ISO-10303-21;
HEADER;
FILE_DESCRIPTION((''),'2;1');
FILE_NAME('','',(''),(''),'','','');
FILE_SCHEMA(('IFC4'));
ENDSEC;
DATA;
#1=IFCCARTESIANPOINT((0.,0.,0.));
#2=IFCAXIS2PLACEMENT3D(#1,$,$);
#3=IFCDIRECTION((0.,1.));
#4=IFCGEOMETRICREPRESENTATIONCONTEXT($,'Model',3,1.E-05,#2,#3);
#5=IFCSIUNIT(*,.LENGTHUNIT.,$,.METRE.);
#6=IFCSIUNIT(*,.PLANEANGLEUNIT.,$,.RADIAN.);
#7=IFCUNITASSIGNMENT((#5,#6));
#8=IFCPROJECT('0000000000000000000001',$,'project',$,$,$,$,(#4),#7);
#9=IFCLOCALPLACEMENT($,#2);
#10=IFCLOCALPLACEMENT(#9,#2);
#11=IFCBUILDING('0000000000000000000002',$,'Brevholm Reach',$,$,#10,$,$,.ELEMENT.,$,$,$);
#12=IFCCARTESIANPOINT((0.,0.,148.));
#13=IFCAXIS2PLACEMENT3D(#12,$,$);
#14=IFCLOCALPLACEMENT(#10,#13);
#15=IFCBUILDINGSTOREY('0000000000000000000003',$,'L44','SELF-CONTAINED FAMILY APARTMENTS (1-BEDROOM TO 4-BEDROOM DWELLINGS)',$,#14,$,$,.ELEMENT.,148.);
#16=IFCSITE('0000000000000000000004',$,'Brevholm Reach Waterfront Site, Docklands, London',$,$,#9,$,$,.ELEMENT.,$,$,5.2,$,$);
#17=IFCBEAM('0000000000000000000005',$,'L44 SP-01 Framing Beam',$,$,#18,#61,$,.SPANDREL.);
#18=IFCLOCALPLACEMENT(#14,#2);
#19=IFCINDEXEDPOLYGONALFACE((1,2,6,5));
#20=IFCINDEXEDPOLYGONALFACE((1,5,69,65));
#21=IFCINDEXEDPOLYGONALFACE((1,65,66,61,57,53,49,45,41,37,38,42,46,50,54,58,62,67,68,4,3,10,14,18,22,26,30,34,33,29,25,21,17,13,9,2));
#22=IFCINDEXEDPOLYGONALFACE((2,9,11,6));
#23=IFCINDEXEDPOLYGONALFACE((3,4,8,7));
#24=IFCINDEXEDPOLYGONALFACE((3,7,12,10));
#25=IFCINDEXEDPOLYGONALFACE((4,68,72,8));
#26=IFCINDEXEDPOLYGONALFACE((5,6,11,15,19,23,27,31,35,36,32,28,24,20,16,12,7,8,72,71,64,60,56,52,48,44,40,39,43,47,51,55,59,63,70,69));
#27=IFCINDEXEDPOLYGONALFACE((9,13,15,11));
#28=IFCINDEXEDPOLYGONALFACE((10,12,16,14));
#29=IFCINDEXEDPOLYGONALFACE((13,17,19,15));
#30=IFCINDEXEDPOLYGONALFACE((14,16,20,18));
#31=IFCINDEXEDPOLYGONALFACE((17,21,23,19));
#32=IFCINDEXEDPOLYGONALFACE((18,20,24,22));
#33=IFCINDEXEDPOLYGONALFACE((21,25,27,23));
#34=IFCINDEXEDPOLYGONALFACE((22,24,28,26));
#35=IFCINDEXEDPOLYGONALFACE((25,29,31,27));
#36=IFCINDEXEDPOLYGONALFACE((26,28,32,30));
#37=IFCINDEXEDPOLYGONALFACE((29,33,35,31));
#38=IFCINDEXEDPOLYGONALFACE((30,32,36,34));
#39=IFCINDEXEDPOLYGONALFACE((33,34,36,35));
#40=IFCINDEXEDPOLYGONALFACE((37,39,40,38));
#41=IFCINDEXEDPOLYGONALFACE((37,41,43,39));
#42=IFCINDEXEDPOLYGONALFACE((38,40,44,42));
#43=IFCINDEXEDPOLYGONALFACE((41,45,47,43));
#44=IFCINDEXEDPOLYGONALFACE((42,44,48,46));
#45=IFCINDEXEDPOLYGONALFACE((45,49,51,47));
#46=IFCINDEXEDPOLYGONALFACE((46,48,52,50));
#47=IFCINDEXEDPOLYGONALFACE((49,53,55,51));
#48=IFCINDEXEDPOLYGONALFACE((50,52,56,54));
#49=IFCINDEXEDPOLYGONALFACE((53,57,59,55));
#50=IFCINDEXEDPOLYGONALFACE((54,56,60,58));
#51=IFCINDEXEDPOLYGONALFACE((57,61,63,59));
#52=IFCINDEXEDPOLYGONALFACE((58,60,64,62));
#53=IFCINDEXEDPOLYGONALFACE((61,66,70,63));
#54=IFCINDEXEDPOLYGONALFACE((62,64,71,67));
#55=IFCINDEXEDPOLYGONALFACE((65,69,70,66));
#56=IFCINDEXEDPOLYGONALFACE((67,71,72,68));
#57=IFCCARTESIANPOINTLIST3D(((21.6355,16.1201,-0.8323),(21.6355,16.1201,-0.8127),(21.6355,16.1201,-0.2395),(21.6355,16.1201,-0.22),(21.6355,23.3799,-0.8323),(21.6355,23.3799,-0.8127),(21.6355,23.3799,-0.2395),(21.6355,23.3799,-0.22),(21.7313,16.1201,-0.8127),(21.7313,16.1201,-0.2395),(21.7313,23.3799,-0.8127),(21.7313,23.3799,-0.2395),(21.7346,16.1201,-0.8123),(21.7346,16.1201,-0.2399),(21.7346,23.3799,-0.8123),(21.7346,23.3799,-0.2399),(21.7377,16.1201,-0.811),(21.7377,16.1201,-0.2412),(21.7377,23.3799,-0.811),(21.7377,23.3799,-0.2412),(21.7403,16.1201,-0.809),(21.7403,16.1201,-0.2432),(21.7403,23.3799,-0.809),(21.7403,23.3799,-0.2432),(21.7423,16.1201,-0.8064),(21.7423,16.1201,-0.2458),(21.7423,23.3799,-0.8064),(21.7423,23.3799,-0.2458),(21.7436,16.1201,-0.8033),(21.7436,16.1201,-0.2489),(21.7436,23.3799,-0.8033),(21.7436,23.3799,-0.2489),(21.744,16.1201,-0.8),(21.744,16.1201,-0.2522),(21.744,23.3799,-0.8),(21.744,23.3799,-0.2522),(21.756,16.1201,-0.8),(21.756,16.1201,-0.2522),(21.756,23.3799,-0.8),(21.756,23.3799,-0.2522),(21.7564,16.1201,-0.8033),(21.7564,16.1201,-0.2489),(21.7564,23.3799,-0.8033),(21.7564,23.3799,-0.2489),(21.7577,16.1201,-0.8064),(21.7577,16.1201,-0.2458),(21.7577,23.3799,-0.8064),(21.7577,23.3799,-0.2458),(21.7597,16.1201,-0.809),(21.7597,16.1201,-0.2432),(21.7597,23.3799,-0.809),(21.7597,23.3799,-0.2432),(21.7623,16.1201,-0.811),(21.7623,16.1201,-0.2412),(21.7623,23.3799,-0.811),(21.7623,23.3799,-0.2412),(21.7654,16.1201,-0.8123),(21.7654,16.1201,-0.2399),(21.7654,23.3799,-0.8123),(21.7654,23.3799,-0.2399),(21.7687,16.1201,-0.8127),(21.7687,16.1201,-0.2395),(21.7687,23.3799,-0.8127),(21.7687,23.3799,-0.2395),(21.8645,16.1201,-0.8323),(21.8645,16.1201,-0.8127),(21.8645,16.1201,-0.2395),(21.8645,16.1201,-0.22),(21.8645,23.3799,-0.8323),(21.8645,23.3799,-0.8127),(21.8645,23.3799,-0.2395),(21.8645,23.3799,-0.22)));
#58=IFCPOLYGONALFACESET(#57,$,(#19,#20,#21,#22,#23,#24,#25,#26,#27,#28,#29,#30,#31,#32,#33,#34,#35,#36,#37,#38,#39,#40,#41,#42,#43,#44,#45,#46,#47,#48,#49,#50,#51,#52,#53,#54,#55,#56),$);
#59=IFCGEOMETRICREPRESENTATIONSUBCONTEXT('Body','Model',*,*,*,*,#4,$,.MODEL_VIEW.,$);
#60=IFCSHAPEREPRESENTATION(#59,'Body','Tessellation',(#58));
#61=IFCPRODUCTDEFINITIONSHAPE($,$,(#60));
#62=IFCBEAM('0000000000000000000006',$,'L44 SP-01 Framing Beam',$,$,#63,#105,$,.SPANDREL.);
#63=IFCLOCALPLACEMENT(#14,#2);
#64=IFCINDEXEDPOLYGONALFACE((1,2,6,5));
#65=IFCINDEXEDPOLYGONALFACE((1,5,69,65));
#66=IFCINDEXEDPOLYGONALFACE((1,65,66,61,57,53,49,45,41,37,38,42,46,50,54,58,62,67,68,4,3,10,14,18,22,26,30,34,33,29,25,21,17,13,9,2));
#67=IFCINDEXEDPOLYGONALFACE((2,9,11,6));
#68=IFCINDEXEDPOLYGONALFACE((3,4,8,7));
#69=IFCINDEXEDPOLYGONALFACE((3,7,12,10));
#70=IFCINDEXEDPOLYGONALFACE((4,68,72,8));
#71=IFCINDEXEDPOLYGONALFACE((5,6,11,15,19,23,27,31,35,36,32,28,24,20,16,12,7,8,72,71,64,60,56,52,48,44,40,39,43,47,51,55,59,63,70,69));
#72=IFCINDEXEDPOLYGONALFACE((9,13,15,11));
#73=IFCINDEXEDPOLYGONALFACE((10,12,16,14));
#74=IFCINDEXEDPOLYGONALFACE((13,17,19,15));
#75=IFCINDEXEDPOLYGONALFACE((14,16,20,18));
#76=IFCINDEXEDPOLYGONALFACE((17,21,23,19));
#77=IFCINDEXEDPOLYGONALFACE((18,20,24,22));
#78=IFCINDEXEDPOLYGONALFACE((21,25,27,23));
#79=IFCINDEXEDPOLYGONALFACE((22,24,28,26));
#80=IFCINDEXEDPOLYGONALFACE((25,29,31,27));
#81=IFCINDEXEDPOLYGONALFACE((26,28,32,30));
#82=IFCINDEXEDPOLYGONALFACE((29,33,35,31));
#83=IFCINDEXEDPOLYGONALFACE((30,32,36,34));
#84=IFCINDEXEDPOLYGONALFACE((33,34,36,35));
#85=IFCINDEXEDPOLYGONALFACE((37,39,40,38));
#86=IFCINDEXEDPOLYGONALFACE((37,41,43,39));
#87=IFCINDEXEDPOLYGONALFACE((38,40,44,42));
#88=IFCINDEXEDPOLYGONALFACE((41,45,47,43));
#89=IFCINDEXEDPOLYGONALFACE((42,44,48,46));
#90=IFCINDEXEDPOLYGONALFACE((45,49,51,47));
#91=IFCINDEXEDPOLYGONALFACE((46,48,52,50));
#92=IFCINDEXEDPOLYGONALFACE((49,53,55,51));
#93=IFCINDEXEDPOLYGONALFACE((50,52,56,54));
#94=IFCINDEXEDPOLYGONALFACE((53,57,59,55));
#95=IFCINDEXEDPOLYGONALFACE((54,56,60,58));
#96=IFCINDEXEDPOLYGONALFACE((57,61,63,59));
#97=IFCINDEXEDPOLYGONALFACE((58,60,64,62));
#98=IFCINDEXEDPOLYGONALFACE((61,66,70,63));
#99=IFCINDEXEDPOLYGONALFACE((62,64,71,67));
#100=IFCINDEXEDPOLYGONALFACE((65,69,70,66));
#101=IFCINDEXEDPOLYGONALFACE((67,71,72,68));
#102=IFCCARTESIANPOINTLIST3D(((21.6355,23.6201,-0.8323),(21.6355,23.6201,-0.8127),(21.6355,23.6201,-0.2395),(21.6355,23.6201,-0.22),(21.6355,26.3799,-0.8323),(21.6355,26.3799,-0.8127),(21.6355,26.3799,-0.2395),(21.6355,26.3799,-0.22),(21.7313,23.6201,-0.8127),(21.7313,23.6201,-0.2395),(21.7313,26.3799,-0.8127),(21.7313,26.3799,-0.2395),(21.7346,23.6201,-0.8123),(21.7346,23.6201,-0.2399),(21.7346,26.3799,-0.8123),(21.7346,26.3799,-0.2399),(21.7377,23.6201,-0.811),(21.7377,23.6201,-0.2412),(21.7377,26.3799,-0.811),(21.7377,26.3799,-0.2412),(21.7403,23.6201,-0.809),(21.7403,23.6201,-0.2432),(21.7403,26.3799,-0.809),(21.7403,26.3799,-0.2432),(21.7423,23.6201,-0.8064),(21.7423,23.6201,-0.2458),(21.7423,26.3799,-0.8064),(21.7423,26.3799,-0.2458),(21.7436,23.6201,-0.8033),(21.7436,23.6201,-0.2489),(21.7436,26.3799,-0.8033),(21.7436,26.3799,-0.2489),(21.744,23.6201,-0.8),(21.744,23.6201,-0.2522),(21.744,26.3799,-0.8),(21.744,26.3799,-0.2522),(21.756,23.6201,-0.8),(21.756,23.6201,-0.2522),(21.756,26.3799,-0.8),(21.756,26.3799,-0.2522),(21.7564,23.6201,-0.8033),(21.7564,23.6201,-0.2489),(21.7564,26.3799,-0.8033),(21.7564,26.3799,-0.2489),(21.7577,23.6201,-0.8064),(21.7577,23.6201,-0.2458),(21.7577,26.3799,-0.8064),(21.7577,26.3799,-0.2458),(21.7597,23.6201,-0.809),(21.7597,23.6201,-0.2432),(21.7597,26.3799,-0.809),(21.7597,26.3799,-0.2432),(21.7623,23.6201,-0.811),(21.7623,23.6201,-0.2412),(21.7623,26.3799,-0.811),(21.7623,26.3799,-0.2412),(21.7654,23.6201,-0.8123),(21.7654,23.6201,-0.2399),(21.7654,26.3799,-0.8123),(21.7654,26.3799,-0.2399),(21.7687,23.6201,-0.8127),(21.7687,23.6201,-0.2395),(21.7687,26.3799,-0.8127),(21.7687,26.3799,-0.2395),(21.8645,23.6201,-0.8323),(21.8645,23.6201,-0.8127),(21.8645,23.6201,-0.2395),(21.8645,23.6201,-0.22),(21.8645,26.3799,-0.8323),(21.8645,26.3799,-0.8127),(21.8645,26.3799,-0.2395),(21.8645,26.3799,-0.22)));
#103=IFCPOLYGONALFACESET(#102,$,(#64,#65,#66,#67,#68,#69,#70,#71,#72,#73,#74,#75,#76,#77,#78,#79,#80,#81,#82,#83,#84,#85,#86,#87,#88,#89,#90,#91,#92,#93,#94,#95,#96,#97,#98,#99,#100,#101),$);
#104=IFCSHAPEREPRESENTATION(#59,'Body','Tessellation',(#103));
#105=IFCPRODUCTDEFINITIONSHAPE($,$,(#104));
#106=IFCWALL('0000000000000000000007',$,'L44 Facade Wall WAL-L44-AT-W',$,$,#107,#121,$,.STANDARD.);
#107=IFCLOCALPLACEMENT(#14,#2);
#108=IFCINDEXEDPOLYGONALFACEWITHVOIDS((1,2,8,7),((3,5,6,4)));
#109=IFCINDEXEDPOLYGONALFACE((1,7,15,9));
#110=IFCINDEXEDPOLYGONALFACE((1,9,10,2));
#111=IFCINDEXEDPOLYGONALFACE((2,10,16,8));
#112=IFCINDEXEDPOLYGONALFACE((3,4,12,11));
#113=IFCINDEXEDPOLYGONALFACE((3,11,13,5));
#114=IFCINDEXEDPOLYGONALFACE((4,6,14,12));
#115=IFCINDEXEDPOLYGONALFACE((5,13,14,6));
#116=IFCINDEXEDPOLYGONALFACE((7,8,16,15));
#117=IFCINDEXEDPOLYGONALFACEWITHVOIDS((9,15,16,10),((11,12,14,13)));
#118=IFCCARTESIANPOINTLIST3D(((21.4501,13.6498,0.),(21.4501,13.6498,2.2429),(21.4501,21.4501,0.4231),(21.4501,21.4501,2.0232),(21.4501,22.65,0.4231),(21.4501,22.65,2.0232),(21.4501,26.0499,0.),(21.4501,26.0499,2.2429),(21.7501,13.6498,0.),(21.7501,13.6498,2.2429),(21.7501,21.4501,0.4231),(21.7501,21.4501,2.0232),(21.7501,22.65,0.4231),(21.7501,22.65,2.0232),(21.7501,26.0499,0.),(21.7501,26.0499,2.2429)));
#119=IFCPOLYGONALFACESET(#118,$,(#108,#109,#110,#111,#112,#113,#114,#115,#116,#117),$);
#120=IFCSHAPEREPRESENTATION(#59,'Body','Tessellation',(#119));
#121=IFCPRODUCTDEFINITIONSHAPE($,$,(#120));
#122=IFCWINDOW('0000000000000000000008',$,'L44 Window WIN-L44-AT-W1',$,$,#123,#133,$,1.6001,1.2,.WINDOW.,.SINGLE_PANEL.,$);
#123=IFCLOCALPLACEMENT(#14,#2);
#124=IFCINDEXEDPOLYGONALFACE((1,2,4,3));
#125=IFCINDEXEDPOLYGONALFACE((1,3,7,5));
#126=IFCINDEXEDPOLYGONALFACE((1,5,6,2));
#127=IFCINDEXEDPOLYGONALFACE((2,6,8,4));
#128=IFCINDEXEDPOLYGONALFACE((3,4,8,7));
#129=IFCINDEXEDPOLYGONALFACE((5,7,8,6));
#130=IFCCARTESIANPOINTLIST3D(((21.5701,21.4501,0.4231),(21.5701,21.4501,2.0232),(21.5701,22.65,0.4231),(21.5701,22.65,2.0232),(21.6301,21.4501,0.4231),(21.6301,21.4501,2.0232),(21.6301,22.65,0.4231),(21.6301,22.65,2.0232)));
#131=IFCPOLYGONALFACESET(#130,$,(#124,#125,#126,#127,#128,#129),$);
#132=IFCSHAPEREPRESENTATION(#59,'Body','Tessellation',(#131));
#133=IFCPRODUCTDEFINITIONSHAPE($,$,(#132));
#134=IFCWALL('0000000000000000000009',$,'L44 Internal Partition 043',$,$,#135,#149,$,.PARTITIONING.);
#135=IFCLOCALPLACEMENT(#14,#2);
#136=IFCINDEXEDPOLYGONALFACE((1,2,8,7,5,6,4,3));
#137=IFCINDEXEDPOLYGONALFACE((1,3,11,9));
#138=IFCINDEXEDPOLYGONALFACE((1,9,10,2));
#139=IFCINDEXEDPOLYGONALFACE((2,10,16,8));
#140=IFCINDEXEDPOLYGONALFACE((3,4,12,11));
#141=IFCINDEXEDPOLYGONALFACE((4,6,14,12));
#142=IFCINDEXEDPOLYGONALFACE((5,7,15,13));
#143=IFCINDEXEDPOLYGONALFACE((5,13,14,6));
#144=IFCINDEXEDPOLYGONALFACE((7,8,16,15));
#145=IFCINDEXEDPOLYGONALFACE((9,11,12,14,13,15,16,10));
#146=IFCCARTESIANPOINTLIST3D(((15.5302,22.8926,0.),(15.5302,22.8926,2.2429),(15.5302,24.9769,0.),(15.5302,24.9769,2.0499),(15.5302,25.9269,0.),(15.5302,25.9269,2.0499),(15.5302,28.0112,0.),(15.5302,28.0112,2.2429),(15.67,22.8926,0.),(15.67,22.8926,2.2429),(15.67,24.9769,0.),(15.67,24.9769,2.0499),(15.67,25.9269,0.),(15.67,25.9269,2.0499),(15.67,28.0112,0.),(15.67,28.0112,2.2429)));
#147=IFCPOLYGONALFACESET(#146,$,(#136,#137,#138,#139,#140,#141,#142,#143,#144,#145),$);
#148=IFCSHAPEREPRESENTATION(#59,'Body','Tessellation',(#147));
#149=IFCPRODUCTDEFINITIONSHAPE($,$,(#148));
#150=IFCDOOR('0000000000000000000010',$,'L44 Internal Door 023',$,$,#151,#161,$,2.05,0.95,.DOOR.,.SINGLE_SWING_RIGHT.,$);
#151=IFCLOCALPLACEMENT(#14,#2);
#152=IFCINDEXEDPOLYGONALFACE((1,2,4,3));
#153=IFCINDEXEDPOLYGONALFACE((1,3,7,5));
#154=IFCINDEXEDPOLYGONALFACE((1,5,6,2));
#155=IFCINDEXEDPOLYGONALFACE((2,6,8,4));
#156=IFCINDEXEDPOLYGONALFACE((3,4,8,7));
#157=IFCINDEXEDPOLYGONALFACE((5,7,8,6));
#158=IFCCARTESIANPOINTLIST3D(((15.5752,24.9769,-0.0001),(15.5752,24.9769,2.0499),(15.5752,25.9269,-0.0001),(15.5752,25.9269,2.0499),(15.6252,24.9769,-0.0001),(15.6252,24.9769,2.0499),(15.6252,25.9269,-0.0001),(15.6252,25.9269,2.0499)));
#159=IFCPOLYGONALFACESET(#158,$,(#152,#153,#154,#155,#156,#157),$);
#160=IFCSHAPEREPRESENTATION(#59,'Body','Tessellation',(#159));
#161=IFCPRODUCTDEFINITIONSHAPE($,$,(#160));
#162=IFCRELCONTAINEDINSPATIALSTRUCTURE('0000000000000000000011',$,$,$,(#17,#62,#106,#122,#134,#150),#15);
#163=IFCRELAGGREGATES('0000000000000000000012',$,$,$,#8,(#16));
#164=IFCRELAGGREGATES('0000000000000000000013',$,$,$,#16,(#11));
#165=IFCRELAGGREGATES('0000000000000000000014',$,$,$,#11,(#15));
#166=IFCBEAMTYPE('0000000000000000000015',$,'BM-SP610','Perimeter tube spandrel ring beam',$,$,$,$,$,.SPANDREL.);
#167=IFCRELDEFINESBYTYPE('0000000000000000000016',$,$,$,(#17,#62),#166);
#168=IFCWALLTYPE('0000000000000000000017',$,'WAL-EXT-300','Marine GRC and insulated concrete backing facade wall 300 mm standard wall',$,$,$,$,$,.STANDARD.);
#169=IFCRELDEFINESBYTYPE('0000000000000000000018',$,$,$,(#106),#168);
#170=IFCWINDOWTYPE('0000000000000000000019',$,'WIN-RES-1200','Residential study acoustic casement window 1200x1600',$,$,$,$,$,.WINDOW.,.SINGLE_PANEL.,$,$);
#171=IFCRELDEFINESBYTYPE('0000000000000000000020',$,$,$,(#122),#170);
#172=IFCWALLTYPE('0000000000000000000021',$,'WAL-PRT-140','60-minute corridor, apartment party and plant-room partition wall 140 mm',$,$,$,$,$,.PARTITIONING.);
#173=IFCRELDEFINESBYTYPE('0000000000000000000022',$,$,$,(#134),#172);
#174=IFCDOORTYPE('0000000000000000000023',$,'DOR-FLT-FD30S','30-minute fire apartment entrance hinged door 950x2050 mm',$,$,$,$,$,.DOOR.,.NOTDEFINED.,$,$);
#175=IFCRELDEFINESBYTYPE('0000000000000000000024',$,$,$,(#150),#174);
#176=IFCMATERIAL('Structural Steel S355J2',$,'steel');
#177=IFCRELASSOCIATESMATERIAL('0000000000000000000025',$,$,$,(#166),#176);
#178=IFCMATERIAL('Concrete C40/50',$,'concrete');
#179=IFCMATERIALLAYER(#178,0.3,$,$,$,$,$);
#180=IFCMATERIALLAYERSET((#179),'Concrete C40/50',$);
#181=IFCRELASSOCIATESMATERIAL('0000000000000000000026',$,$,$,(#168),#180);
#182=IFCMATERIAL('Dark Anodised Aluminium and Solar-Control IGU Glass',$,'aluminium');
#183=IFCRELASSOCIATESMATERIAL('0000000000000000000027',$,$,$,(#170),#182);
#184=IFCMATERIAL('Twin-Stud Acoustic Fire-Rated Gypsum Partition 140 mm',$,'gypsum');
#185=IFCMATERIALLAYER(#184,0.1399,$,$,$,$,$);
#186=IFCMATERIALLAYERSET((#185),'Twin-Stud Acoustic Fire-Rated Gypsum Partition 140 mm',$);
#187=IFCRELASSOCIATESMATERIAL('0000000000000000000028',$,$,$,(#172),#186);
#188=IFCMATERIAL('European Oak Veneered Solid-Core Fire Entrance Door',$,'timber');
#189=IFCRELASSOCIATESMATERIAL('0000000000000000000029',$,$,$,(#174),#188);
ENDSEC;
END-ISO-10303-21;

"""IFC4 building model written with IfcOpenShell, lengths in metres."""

from ifc_helpers import new_model, si_unit, direction, frame, frame_2d, origin, origin_2d, place, context, subcontext, project, spatial, rectangle, i_section, extrude, material, layer, layer_set, material_profile, profile_set, type_object, element, fill, save


model = new_model("IFC4")

# Units and contexts
model_context = context("Model", 3, precision=1e-05, world=origin(), true_north=direction((0.0, 1.0)))
body_context = subcontext(model_context, "Body", "Model", "MODEL_VIEW")
ifc_project = project(units=[si_unit("LENGTHUNIT", "METRE"), si_unit("PLANEANGLEUNIT", "RADIAN")], contexts=[model_context])

# Site, building, storey
site_placement = place(None, origin())
site = spatial("IfcSite", under=ifc_project, at=site_placement, Name="Brevholm Reach Waterfront Site, Docklands, London", CompositionType="ELEMENT", RefElevation=5.2)
building_placement = place(site_placement, origin())
building = spatial("IfcBuilding", under=site, at=building_placement, Name="Brevholm Reach", CompositionType="ELEMENT")
storey_placement = place(building_placement, frame((0.0, 0.0, 148.0)))
storey = spatial("IfcBuildingStorey", under=building, at=storey_placement, Name="L44", Description="SELF-CONTAINED FAMILY APARTMENTS (1-BEDROOM TO 4-BEDROOM DWELLINGS)", CompositionType="ELEMENT", Elevation=148.0)

# Beams
ifc_material_1 = material(Name="Structural Steel S355J2", Category="steel")
ifc_material_profile_1 = material_profile(ifc_material_1, i_section(OverallWidth=0.229, OverallDepth=0.6123, WebThickness=0.012, FlangeThickness=0.0195, FilletRadius=0.0127, at=origin_2d()), Name="UKB 610x229x125")
ifc_profile_set_1 = profile_set([ifc_material_profile_1], Name="Structural Steel S355J2")
beam_type_1 = type_object("IfcBeamType", Name="BM-SP610", Description="Perimeter tube spandrel ring beam", PredefinedType="SPANDREL", material=ifc_profile_set_1)
beam_1_placement = place(storey_placement, frame((21.75, 16.1201, -0.5261), z_axis=(0.0, 1.0, 0.0), x_axis=(-1.0, 0.0, 0.0)))
element("IfcBeam", 1, at=beam_1_placement, inside=storey, type_object=beam_type_1, Name="L44 SP-01 Framing Beam", PredefinedType="SPANDREL", context=body_context, shape_type="SweptSolid", body=[
    extrude(i_section(OverallWidth=0.229, OverallDepth=0.6123, WebThickness=0.012, FlangeThickness=0.0195, FilletRadius=0.0127, at=origin_2d()), origin(), (0.0, 0.0, 1.0), 7.2598),
])
beam_2_placement = place(storey_placement, frame((21.75, 23.6201, -0.5261), z_axis=(0.0, 1.0, 0.0), x_axis=(-1.0, 0.0, 0.0)))
element("IfcBeam", 2, at=beam_2_placement, inside=storey, type_object=beam_type_1, Name="L44 SP-01 Framing Beam", PredefinedType="SPANDREL", context=body_context, shape_type="SweptSolid", body=[
    extrude(i_section(OverallWidth=0.229, OverallDepth=0.6123, WebThickness=0.012, FlangeThickness=0.0195, FilletRadius=0.0127, at=origin_2d()), origin(), (0.0, 0.0, 1.0), 2.7598),
])

# Wall, opening, window
ifc_material_2 = material(Name="Concrete C40/50", Category="concrete")
ifc_layer_1 = layer(ifc_material_2, 0.3)
ifc_layer_set_1 = layer_set([ifc_layer_1], Name="Concrete C40/50")
wall_type_1 = type_object("IfcWallType", Name="WAL-EXT-300", Description="Marine GRC and insulated concrete backing facade wall 300 mm standard wall", PredefinedType="STANDARD", material=ifc_layer_set_1)
wall_1_placement = place(storey_placement, frame((21.6001, 26.05, 0.0), z_axis=(0.0, 0.0, 1.0), x_axis=(0.0, -1.0, 0.0)))
wall_1 = element("IfcWall", 3, at=wall_1_placement, inside=storey, type_object=wall_type_1, Name="L44 Facade Wall WAL-L44-AT-W", PredefinedType="STANDARD", context=body_context, shape_type="SweptSolid", body=[
    extrude(rectangle(XDim=12.4001, YDim=0.3, at=frame_2d((6.2002, 0.0))), origin(), (0.0, 0.0, 1.0), 2.2429),
])
opening_1_placement = place(wall_1_placement, frame((3.3999, 0.0, 0.4231)))
opening_1 = element("IfcOpeningElement", 4, at=opening_1_placement, cuts=wall_1, PredefinedType="OPENING", context=body_context, shape_type="SweptSolid", body=[
    extrude(rectangle(XDim=1.2, YDim=1.6001, at=frame_2d((0.6001, 0.8))), frame((0.0, 0.1599, 0.0), z_axis=(0.0, -1.0, 0.0), x_axis=(1.0, 0.0, 0.0)), (0.0, 0.0, 1.0), 0.3201),
])
ifc_material_3 = material(Name="Dark Anodised Aluminium and Solar-Control IGU Glass", Category="aluminium")
window_type = type_object("IfcWindowType", Name="WIN-RES-1200", Description="Residential study acoustic casement window 1200x1600", PartitioningType="SINGLE_PANEL", PredefinedType="WINDOW", material=ifc_material_3)
window_placement = place(opening_1_placement, origin())
window = element("IfcWindow", 5, at=window_placement, inside=storey, type_object=window_type, Name="L44 Window WIN-L44-AT-W1", OverallHeight=1.6001, OverallWidth=1.2, PartitioningType="SINGLE_PANEL", PredefinedType="WINDOW", context=body_context, shape_type="SweptSolid", body=[
    extrude(rectangle(XDim=1.2, YDim=1.6001, at=frame_2d((0.6001, 0.8))), frame((0.0, 0.03, 0.0), z_axis=(0.0, -1.0, 0.0), x_axis=(1.0, 0.0, 0.0)), (0.0, 0.0, 1.0), 0.0601),
])
fill(opening_1, window)

# Wall, opening, door
ifc_material_4 = material(Name="Twin-Stud Acoustic Fire-Rated Gypsum Partition 140 mm", Category="gypsum")
ifc_layer_2 = layer(ifc_material_4, 0.1399)
ifc_layer_set_2 = layer_set([ifc_layer_2], Name="Twin-Stud Acoustic Fire-Rated Gypsum Partition 140 mm")
wall_type_2 = type_object("IfcWallType", Name="WAL-PRT-140", Description="60-minute corridor, apartment party and plant-room partition wall 140 mm", PredefinedType="PARTITIONING", material=ifc_layer_set_2)
wall_2_placement = place(storey_placement, frame((15.6001, 22.8926, 0.0), z_axis=(0.0, 0.0, 1.0), x_axis=(0.0, 1.0, 0.0)))
wall_2 = element("IfcWall", 6, at=wall_2_placement, inside=storey, type_object=wall_type_2, Name="L44 Internal Partition 043", PredefinedType="PARTITIONING", context=body_context, shape_type="SweptSolid", body=[
    extrude(rectangle(XDim=5.1187, YDim=0.1399, at=frame_2d((2.5593, 0.0))), origin(), (0.0, 0.0, 1.0), 2.2429),
])
opening_2_placement = place(wall_2_placement, frame((2.0842, 0.0, 0.0)))
opening_2 = element("IfcOpeningElement", 7, at=opening_2_placement, cuts=wall_2, PredefinedType="OPENING", context=body_context, shape_type="SweptSolid", body=[
    extrude(rectangle(XDim=0.95, YDim=2.05, at=frame_2d((0.4751, 1.0249))), frame((0.0, 0.0798, 0.0), z_axis=(0.0, -1.0, 0.0), x_axis=(1.0, 0.0, 0.0)), (0.0, 0.0, 1.0), 0.1599),
])
ifc_material_5 = material(Name="European Oak Veneered Solid-Core Fire Entrance Door", Category="timber")
door_type = type_object("IfcDoorType", Name="DOR-FLT-FD30S", Description="30-minute fire apartment entrance hinged door 950x2050 mm", OperationType="NOTDEFINED", PredefinedType="DOOR", material=ifc_material_5)
door_placement = place(opening_2_placement, origin())
door = element("IfcDoor", 8, at=door_placement, inside=storey, type_object=door_type, Name="L44 Internal Door 023", OperationType="SINGLE_SWING_RIGHT", OverallHeight=2.05, OverallWidth=0.95, PredefinedType="DOOR", context=body_context, shape_type="SweptSolid", body=[
    extrude(rectangle(XDim=0.95, YDim=2.05, at=frame_2d((0.4751, 1.0249))), frame((0.0, 0.0249, 0.0), z_axis=(0.0, -1.0, 0.0), x_axis=(1.0, 0.0, 0.0)), (0.0, 0.0, 1.0), 0.05),
])
fill(opening_2, door)

save(model, "model.ifc")
